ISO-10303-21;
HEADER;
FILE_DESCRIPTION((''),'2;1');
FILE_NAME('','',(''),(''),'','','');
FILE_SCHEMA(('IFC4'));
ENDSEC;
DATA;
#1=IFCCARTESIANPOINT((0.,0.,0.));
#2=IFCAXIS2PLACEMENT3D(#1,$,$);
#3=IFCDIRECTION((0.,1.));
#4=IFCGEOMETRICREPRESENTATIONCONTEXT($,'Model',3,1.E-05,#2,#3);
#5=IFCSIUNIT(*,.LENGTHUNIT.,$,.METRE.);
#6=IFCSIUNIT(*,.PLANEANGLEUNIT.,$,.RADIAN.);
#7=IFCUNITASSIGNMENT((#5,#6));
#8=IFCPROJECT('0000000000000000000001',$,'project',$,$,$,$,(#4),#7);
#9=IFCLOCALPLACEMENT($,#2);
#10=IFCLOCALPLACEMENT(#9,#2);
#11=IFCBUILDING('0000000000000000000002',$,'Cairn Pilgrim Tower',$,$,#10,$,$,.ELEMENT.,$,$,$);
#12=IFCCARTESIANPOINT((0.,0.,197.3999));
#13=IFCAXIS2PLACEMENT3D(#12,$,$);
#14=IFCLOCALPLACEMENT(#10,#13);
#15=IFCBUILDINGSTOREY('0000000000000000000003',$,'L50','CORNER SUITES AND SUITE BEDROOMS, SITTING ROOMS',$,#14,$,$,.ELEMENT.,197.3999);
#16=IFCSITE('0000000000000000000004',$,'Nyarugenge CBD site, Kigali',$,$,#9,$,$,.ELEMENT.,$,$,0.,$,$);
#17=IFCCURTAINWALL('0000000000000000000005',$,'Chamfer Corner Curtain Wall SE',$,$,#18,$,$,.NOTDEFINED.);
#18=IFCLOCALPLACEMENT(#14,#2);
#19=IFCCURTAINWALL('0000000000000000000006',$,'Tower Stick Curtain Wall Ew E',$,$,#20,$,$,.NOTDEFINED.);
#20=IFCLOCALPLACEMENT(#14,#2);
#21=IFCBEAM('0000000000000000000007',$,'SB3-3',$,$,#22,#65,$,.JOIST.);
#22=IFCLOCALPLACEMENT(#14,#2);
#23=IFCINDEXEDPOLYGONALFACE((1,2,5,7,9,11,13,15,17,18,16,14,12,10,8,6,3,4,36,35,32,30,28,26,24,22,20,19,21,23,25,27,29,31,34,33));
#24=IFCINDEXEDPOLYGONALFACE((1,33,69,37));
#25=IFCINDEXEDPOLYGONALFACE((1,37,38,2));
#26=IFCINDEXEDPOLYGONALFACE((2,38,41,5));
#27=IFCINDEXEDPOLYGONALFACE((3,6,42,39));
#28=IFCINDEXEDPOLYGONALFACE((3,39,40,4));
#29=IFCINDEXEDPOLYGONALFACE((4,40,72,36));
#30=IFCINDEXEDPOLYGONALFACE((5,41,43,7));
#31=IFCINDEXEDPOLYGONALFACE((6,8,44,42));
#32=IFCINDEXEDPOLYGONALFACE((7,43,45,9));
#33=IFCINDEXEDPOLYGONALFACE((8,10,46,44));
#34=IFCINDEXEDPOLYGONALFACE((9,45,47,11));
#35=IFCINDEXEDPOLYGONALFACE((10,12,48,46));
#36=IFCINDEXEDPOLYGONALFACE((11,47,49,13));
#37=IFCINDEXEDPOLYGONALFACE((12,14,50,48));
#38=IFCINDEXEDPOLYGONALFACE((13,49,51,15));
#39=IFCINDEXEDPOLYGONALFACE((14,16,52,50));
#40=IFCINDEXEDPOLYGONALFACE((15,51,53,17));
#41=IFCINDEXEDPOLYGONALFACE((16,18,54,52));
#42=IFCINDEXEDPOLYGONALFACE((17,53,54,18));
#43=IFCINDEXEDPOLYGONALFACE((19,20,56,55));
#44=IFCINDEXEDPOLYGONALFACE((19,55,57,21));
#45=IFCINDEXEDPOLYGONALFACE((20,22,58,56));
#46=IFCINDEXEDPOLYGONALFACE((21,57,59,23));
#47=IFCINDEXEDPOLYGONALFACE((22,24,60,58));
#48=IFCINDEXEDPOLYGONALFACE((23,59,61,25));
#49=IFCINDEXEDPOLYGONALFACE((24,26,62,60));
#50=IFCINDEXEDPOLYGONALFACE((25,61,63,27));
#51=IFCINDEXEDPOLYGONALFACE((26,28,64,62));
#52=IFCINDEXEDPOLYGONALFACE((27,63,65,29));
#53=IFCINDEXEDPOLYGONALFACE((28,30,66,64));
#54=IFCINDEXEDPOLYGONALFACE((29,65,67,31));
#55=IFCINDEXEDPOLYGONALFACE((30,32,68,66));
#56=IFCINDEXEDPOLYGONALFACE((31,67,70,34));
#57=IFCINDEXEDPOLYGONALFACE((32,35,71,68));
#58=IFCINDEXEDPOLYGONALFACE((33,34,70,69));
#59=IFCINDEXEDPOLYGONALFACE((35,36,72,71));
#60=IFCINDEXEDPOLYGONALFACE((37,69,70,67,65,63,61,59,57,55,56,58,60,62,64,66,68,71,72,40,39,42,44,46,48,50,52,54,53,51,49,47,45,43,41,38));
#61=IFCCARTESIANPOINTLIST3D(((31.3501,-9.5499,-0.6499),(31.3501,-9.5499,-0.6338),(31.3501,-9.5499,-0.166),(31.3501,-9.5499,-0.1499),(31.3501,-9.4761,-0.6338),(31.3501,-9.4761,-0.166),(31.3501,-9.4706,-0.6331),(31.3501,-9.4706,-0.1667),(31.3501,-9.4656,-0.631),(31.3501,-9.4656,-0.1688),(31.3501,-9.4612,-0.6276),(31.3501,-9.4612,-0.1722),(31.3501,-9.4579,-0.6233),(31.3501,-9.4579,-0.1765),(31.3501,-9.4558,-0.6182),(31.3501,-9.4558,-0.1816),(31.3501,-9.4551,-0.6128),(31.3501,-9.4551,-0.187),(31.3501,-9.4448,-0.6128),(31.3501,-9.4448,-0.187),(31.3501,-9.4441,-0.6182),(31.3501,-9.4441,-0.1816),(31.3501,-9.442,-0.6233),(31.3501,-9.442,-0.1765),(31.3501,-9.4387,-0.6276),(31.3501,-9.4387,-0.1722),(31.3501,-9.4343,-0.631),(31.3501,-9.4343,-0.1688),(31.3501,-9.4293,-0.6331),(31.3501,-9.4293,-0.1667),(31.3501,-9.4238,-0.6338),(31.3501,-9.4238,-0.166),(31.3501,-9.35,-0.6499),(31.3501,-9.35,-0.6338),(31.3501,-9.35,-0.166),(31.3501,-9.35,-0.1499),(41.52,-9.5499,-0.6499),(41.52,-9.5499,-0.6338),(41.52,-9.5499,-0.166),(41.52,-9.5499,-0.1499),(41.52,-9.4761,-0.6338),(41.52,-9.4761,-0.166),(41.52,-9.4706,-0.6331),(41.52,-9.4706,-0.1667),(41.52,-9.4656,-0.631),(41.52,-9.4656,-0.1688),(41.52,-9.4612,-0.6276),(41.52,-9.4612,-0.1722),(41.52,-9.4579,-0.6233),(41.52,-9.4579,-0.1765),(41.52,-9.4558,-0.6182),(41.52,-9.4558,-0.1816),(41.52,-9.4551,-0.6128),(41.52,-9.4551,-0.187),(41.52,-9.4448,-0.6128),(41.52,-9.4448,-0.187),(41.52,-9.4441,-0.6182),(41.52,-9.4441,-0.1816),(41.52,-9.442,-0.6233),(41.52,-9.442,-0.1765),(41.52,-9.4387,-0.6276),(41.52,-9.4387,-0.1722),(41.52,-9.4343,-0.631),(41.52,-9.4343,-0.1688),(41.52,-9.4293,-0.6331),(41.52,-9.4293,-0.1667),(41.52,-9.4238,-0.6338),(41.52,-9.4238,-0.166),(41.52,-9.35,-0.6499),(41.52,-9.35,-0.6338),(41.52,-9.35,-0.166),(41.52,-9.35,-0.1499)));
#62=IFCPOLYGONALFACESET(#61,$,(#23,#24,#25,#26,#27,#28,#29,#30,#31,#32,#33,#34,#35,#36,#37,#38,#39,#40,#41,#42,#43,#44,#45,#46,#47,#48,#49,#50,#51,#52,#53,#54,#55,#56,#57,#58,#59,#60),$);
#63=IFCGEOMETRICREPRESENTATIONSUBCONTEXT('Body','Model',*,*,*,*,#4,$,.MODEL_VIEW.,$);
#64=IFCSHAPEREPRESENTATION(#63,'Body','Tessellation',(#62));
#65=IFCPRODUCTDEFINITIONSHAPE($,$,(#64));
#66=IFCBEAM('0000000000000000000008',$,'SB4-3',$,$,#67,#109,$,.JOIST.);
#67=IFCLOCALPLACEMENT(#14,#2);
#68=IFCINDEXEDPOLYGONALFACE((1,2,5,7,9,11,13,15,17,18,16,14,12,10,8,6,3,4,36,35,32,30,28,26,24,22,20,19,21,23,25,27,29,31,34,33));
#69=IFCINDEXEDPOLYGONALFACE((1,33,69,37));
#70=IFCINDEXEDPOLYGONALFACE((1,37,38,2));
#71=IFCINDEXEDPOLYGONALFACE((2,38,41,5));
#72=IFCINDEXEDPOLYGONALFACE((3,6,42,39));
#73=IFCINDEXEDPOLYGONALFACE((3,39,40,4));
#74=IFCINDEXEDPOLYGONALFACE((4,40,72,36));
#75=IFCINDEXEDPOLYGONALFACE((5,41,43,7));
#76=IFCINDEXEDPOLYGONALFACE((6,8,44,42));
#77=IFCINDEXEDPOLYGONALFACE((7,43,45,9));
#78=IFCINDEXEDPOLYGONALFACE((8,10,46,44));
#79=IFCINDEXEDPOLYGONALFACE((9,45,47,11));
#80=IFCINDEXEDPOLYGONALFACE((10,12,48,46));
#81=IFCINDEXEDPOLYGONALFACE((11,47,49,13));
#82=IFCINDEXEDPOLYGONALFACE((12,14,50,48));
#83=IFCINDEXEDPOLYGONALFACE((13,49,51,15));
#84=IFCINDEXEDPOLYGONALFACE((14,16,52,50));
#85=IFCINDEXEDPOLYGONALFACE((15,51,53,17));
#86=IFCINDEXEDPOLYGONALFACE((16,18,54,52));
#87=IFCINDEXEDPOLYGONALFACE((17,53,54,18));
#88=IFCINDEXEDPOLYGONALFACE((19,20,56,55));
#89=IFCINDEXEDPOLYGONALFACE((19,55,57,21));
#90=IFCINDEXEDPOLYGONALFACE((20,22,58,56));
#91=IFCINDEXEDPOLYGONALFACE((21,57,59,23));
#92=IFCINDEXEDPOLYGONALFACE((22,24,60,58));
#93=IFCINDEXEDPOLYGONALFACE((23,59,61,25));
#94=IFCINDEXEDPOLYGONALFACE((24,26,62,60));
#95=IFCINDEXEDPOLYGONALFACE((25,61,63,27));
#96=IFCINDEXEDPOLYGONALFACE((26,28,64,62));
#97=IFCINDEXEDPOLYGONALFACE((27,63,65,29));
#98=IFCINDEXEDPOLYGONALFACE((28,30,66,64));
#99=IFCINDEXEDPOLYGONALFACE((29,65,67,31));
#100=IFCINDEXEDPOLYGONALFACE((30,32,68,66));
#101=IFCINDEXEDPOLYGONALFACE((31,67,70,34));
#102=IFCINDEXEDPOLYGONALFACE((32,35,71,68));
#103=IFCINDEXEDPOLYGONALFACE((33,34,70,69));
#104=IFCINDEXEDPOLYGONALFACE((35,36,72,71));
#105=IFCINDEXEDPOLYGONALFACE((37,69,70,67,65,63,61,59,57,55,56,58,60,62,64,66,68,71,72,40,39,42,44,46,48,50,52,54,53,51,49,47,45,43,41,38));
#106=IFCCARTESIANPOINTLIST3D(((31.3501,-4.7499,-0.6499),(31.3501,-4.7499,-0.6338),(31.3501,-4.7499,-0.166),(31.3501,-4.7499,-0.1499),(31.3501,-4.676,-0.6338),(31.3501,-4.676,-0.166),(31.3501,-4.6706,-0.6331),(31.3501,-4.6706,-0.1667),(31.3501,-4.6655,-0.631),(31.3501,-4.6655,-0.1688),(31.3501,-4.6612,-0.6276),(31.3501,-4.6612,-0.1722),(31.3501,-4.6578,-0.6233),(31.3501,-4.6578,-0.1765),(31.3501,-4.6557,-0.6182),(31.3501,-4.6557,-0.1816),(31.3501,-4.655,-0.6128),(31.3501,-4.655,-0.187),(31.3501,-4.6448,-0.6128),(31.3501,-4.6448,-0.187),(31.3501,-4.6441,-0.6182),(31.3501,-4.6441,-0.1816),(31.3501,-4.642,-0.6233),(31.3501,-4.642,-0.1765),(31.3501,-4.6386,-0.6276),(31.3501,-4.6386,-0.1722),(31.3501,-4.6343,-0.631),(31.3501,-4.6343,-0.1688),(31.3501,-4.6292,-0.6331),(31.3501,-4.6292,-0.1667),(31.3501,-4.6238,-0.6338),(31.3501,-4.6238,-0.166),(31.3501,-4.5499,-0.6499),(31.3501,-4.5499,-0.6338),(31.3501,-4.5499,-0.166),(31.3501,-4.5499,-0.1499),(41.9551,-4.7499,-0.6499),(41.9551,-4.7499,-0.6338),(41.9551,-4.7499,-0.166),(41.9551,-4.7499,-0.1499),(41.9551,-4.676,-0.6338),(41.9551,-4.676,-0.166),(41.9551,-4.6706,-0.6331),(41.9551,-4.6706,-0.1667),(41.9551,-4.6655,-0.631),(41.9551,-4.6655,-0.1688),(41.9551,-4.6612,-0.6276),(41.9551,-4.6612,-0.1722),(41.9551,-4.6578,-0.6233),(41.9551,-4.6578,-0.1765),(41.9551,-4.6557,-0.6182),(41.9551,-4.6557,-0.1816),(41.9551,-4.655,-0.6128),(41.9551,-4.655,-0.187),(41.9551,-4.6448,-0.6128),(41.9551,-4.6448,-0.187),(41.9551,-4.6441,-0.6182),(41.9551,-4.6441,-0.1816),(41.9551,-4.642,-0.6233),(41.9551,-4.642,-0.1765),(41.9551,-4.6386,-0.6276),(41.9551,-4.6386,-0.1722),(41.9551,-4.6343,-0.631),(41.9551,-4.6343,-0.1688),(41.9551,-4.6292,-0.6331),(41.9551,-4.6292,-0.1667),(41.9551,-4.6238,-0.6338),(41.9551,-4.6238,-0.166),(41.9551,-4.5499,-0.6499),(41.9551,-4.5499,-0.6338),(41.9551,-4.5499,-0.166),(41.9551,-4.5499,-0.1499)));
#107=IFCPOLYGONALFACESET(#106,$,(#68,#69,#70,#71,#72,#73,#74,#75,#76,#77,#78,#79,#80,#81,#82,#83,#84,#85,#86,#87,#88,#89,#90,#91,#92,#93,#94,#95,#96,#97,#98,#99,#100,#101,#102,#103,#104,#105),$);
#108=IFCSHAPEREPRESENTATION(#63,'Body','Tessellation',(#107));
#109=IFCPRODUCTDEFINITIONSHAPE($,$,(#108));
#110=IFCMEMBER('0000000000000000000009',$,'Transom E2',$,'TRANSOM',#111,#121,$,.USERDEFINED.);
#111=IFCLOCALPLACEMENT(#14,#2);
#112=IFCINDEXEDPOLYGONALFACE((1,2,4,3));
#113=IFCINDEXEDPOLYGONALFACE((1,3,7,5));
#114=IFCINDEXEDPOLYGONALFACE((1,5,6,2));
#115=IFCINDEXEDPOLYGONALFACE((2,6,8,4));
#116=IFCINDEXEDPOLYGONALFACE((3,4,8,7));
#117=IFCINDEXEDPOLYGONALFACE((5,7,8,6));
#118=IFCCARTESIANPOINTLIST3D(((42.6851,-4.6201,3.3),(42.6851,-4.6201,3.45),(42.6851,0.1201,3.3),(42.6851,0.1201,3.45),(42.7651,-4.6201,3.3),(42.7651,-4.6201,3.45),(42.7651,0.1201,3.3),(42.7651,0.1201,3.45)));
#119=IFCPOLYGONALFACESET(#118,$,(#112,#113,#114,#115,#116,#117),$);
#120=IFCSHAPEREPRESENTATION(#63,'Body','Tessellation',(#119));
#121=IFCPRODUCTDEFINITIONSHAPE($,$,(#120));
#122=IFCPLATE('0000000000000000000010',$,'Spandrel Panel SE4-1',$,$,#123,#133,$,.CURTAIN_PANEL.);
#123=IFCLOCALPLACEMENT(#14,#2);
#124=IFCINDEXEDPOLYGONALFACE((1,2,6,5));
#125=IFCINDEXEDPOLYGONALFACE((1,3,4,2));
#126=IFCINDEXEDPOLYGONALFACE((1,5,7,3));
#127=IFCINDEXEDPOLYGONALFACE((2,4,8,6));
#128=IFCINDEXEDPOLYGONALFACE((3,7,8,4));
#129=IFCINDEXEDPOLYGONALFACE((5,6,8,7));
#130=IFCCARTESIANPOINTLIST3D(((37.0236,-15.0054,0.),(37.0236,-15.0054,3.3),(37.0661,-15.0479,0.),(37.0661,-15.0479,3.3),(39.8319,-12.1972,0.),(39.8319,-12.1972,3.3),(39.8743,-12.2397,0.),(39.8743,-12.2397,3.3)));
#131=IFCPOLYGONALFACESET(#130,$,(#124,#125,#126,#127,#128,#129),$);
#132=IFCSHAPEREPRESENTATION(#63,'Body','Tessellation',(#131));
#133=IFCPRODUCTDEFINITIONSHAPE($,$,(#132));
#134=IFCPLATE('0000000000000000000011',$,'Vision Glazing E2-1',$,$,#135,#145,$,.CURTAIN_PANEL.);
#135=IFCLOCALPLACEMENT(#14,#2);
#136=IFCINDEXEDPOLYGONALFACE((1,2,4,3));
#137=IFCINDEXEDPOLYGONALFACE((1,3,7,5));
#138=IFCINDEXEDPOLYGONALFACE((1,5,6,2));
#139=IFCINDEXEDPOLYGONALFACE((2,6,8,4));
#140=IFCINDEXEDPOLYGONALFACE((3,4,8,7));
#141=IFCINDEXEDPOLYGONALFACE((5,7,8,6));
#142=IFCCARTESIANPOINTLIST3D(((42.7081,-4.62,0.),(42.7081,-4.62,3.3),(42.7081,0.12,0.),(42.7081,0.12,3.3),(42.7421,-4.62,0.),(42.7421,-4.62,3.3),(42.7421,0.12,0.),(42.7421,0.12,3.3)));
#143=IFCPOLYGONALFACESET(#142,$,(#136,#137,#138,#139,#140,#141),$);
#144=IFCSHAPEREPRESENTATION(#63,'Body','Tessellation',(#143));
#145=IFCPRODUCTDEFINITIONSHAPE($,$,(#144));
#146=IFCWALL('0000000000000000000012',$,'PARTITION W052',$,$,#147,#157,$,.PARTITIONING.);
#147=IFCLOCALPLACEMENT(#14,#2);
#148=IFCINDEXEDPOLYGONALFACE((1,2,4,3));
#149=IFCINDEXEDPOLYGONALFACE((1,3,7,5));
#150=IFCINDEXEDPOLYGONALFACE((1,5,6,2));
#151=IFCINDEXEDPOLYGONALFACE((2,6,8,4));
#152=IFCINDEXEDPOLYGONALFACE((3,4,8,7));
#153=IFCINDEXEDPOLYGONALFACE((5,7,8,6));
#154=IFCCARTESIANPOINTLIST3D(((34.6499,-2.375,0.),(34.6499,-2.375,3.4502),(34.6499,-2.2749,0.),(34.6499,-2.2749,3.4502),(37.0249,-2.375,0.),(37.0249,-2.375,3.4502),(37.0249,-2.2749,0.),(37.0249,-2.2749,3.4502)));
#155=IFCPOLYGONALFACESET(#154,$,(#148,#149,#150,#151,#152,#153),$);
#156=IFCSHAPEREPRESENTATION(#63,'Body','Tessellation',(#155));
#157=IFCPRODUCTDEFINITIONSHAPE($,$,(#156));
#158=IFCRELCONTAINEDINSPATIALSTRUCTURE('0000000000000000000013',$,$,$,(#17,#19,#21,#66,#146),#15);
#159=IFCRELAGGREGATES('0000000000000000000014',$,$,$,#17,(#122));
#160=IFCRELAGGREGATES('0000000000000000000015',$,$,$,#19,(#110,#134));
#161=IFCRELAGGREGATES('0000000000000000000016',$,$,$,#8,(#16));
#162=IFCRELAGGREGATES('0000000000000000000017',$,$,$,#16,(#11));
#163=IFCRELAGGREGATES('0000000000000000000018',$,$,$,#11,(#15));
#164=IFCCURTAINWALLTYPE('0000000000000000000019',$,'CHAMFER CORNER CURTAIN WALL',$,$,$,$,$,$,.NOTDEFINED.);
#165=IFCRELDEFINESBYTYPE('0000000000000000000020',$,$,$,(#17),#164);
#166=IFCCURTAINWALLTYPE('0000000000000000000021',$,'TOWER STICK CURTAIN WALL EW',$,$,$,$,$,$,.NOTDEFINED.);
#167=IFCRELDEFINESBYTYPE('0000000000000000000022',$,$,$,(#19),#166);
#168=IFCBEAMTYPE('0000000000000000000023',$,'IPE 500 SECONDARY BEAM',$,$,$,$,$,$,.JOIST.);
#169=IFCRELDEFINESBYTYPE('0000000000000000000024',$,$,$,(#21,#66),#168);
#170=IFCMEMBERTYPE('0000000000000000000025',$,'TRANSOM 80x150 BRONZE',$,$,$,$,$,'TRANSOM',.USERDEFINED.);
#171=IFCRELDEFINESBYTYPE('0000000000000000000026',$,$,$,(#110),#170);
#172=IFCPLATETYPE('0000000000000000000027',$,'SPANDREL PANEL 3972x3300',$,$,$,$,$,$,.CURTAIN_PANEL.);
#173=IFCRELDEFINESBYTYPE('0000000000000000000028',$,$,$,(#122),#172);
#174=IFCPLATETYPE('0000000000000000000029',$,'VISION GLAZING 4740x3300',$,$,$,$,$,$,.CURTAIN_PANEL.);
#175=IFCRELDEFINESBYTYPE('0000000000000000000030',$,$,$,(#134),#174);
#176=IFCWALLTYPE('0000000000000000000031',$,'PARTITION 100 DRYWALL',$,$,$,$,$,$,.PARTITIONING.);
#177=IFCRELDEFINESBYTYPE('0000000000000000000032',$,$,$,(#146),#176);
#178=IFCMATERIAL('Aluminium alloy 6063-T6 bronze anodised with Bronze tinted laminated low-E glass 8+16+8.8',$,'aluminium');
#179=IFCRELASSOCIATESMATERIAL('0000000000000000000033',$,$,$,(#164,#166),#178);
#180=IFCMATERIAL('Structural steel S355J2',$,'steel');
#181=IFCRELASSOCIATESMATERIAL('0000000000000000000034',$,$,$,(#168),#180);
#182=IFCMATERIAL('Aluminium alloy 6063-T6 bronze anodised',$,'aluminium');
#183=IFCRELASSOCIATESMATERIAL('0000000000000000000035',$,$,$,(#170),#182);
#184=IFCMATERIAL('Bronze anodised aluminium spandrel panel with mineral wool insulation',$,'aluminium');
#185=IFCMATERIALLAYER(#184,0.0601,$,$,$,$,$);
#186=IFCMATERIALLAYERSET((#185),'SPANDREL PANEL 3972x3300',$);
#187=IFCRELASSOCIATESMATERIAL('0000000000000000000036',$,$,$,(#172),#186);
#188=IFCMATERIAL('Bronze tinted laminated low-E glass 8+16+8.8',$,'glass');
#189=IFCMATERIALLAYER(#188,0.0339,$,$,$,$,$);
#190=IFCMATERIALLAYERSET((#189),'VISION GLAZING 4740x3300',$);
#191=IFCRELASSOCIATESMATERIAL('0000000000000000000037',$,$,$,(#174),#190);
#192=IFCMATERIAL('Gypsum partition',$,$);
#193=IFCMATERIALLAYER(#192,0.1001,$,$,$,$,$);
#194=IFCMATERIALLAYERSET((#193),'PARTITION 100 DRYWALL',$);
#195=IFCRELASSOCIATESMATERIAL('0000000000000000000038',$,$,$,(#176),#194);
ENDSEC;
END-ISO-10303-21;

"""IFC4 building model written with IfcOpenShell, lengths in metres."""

from ifc_helpers import new_model, si_unit, direction, frame, frame_2d, origin, origin_2d, place, context, subcontext, project, spatial, rectangle, i_section, extrude, material, layer, layer_set, material_profile, profile_set, type_object, element, aggregate, save


model = new_model("IFC4")

# Units and contexts
model_context = context("Model", 3, precision=1e-05, world=origin(), true_north=direction((0.0, 1.0)))
body_context = subcontext(model_context, "Body", "Model", "MODEL_VIEW")
ifc_project = project(units=[si_unit("LENGTHUNIT", "METRE"), si_unit("PLANEANGLEUNIT", "RADIAN")], contexts=[model_context])

# Site, building, storey
site_placement = place(None, origin())
site = spatial("IfcSite", under=ifc_project, at=site_placement, Name="Nyarugenge CBD site, Kigali", CompositionType="ELEMENT", RefElevation=0.0)
building_placement = place(site_placement, origin())
building = spatial("IfcBuilding", under=site, at=building_placement, Name="Cairn Pilgrim Tower", CompositionType="ELEMENT")
storey_placement = place(building_placement, frame((0.0, 0.0, 197.3999)))
storey = spatial("IfcBuildingStorey", under=building, at=storey_placement, Name="L50", Description="CORNER SUITES AND SUITE BEDROOMS, SITTING ROOMS", CompositionType="ELEMENT", Elevation=197.3999)

# Curtain wall
ifc_material_1 = material(Name="Aluminium alloy 6063-T6 bronze anodised with Bronze tinted laminated low-E glass 8+16+8.8", Category="aluminium")
curtain_wall_type_1 = type_object("IfcCurtainWallType", Name="CHAMFER CORNER CURTAIN WALL", PredefinedType="NOTDEFINED", material=ifc_material_1)
curtain_wall_1_placement = place(storey_placement, origin())
curtain_wall_1 = element("IfcCurtainWall", 1, at=curtain_wall_1_placement, inside=storey, type_object=curtain_wall_type_1, Name="Chamfer Corner Curtain Wall SE", PredefinedType="NOTDEFINED")
ifc_material_2 = material(Name="Aluminium alloy 6063-T6 bronze anodised", Category="aluminium")

# Curtain wall
curtain_wall_type_2 = type_object("IfcCurtainWallType", Name="TOWER STICK CURTAIN WALL EW", PredefinedType="NOTDEFINED", material=ifc_material_1)
curtain_wall_2_placement = place(storey_placement, origin())
curtain_wall_2 = element("IfcCurtainWall", 2, at=curtain_wall_2_placement, inside=storey, type_object=curtain_wall_type_2, Name="Tower Stick Curtain Wall Ew E", PredefinedType="NOTDEFINED")

# Beams
ifc_material_3 = material(Name="Structural steel S355J2", Category="steel")
ifc_material_profile_1 = material_profile(ifc_material_3, i_section(OverallWidth=0.2, OverallDepth=0.5, WebThickness=0.0103, FlangeThickness=0.0161, FilletRadius=0.021, at=origin_2d()), Name="IPE 500")
ifc_profile_set_1 = profile_set([ifc_material_profile_1], Name="Structural steel S355J2")
beam_type_1 = type_object("IfcBeamType", Name="IPE 500 SECONDARY BEAM", PredefinedType="JOIST", material=ifc_profile_set_1)
beam_1_placement = place(storey_placement, frame((31.3501, -9.45, -0.3999), z_axis=(1.0, 0.0, 0.0), x_axis=(0.0, 1.0, 0.0)))
element("IfcBeam", 3, at=beam_1_placement, inside=storey, type_object=beam_type_1, Name="SB3-3", PredefinedType="JOIST", context=body_context, shape_type="SweptSolid", body=[
    extrude(i_section(OverallWidth=0.2, OverallDepth=0.5, WebThickness=0.0103, FlangeThickness=0.0161, FilletRadius=0.021, at=origin_2d()), origin(), (0.0, 0.0, 1.0), 10.1699),
])
beam_2_placement = place(storey_placement, frame((31.3501, -4.6499, -0.3999), z_axis=(1.0, 0.0, 0.0), x_axis=(0.0, 1.0, 0.0)))
element("IfcBeam", 4, at=beam_2_placement, inside=storey, type_object=beam_type_1, Name="SB4-3", PredefinedType="JOIST", context=body_context, shape_type="SweptSolid", body=[
    extrude(i_section(OverallWidth=0.2, OverallDepth=0.5, WebThickness=0.0103, FlangeThickness=0.0161, FilletRadius=0.021, at=origin_2d()), origin(), (0.0, 0.0, 1.0), 10.605),
])

# Member
ifc_material_profile_2 = material_profile(ifc_material_2, rectangle(XDim=0.0801, YDim=0.1499, at=origin_2d()), Name="TRANSOM 80x150 BRONZE")
ifc_profile_set_2 = profile_set([ifc_material_profile_2], Name="Aluminium alloy 6063-T6 bronze anodised")
member_type_1 = type_object("IfcMemberType", Name="TRANSOM 80x150 BRONZE", ElementType="TRANSOM", PredefinedType="USERDEFINED", material=ifc_profile_set_2)
member_1_placement = place(storey_placement, frame((42.7251, -4.6201, 3.375), z_axis=(0.0, 1.0, 0.0), x_axis=(-1.0, 0.0, 0.0)))
member_1 = element("IfcMember", 5, at=member_1_placement, type_object=member_type_1, Name="Transom E2", ObjectType="TRANSOM", PredefinedType="USERDEFINED", context=body_context, shape_type="SweptSolid", body=[
    extrude(rectangle(XDim=0.0801, YDim=0.1499, at=origin_2d()), origin(), (0.0, 0.0, 1.0), 4.7402),
])

# Plates
ifc_material_4 = material(Name="Bronze anodised aluminium spandrel panel with mineral wool insulation", Category="aluminium")
ifc_layer_1 = layer(ifc_material_4, 0.0601)
ifc_layer_set_1 = layer_set([ifc_layer_1], Name="SPANDREL PANEL 3972x3300")
plate_type_1 = type_object("IfcPlateType", Name="SPANDREL PANEL 3972x3300", PredefinedType="CURTAIN_PANEL", material=ifc_layer_set_1)
plate_1_placement = place(storey_placement, frame((38.449, -13.6226, 0.0), z_axis=(0.0, 0.0, 1.0), x_axis=(0.707107, 0.707107, 0.0)))
plate_1 = element("IfcPlate", 6, at=plate_1_placement, type_object=plate_type_1, Name="Spandrel Panel SE4-1", PredefinedType="CURTAIN_PANEL", context=body_context, shape_type="SweptSolid", body=[
    extrude(rectangle(XDim=3.9714, YDim=0.0601, at=origin_2d()), origin(), (0.0, 0.0, 1.0), 3.3),
])
aggregate(curtain_wall_1, [plate_1])
ifc_material_5 = material(Name="Bronze tinted laminated low-E glass 8+16+8.8", Category="glass")
ifc_layer_2 = layer(ifc_material_5, 0.0339)
ifc_layer_set_2 = layer_set([ifc_layer_2], Name="VISION GLAZING 4740x3300")
plate_type_2 = type_object("IfcPlateType", Name="VISION GLAZING 4740x3300", PredefinedType="CURTAIN_PANEL", material=ifc_layer_set_2)
plate_2_placement = place(storey_placement, frame((42.7251, -2.25, 0.0), z_axis=(0.0, 0.0, 1.0), x_axis=(0.0, 1.0, 0.0)))
plate_2 = element("IfcPlate", 7, at=plate_2_placement, type_object=plate_type_2, Name="Vision Glazing E2-1", PredefinedType="CURTAIN_PANEL", context=body_context, shape_type="SweptSolid", body=[
    extrude(rectangle(XDim=4.74, YDim=0.0339, at=origin_2d()), origin(), (0.0, 0.0, 1.0), 3.3),
])
aggregate(curtain_wall_2, [member_1, plate_2])

# Wall
ifc_material_6 = material(Name="Gypsum partition")
ifc_layer_3 = layer(ifc_material_6, 0.1001)
ifc_layer_set_3 = layer_set([ifc_layer_3], Name="PARTITION 100 DRYWALL")
wall_type_1 = type_object("IfcWallType", Name="PARTITION 100 DRYWALL", PredefinedType="PARTITIONING", material=ifc_layer_set_3)
wall_1_placement = place(storey_placement, frame((34.6499, -2.325, 0.0), z_axis=(0.0, 0.0, 1.0), x_axis=(1.0, 0.0, 0.0)))
element("IfcWall", 8, at=wall_1_placement, inside=storey, type_object=wall_type_1, Name="PARTITION W052", PredefinedType="PARTITIONING", context=body_context, shape_type="SweptSolid", body=[
    extrude(rectangle(XDim=2.375, YDim=0.1001, at=frame_2d((1.1875, 0.0))), origin(), (0.0, 0.0, 1.0), 3.4502),
])

save(model, "model.ifc")
